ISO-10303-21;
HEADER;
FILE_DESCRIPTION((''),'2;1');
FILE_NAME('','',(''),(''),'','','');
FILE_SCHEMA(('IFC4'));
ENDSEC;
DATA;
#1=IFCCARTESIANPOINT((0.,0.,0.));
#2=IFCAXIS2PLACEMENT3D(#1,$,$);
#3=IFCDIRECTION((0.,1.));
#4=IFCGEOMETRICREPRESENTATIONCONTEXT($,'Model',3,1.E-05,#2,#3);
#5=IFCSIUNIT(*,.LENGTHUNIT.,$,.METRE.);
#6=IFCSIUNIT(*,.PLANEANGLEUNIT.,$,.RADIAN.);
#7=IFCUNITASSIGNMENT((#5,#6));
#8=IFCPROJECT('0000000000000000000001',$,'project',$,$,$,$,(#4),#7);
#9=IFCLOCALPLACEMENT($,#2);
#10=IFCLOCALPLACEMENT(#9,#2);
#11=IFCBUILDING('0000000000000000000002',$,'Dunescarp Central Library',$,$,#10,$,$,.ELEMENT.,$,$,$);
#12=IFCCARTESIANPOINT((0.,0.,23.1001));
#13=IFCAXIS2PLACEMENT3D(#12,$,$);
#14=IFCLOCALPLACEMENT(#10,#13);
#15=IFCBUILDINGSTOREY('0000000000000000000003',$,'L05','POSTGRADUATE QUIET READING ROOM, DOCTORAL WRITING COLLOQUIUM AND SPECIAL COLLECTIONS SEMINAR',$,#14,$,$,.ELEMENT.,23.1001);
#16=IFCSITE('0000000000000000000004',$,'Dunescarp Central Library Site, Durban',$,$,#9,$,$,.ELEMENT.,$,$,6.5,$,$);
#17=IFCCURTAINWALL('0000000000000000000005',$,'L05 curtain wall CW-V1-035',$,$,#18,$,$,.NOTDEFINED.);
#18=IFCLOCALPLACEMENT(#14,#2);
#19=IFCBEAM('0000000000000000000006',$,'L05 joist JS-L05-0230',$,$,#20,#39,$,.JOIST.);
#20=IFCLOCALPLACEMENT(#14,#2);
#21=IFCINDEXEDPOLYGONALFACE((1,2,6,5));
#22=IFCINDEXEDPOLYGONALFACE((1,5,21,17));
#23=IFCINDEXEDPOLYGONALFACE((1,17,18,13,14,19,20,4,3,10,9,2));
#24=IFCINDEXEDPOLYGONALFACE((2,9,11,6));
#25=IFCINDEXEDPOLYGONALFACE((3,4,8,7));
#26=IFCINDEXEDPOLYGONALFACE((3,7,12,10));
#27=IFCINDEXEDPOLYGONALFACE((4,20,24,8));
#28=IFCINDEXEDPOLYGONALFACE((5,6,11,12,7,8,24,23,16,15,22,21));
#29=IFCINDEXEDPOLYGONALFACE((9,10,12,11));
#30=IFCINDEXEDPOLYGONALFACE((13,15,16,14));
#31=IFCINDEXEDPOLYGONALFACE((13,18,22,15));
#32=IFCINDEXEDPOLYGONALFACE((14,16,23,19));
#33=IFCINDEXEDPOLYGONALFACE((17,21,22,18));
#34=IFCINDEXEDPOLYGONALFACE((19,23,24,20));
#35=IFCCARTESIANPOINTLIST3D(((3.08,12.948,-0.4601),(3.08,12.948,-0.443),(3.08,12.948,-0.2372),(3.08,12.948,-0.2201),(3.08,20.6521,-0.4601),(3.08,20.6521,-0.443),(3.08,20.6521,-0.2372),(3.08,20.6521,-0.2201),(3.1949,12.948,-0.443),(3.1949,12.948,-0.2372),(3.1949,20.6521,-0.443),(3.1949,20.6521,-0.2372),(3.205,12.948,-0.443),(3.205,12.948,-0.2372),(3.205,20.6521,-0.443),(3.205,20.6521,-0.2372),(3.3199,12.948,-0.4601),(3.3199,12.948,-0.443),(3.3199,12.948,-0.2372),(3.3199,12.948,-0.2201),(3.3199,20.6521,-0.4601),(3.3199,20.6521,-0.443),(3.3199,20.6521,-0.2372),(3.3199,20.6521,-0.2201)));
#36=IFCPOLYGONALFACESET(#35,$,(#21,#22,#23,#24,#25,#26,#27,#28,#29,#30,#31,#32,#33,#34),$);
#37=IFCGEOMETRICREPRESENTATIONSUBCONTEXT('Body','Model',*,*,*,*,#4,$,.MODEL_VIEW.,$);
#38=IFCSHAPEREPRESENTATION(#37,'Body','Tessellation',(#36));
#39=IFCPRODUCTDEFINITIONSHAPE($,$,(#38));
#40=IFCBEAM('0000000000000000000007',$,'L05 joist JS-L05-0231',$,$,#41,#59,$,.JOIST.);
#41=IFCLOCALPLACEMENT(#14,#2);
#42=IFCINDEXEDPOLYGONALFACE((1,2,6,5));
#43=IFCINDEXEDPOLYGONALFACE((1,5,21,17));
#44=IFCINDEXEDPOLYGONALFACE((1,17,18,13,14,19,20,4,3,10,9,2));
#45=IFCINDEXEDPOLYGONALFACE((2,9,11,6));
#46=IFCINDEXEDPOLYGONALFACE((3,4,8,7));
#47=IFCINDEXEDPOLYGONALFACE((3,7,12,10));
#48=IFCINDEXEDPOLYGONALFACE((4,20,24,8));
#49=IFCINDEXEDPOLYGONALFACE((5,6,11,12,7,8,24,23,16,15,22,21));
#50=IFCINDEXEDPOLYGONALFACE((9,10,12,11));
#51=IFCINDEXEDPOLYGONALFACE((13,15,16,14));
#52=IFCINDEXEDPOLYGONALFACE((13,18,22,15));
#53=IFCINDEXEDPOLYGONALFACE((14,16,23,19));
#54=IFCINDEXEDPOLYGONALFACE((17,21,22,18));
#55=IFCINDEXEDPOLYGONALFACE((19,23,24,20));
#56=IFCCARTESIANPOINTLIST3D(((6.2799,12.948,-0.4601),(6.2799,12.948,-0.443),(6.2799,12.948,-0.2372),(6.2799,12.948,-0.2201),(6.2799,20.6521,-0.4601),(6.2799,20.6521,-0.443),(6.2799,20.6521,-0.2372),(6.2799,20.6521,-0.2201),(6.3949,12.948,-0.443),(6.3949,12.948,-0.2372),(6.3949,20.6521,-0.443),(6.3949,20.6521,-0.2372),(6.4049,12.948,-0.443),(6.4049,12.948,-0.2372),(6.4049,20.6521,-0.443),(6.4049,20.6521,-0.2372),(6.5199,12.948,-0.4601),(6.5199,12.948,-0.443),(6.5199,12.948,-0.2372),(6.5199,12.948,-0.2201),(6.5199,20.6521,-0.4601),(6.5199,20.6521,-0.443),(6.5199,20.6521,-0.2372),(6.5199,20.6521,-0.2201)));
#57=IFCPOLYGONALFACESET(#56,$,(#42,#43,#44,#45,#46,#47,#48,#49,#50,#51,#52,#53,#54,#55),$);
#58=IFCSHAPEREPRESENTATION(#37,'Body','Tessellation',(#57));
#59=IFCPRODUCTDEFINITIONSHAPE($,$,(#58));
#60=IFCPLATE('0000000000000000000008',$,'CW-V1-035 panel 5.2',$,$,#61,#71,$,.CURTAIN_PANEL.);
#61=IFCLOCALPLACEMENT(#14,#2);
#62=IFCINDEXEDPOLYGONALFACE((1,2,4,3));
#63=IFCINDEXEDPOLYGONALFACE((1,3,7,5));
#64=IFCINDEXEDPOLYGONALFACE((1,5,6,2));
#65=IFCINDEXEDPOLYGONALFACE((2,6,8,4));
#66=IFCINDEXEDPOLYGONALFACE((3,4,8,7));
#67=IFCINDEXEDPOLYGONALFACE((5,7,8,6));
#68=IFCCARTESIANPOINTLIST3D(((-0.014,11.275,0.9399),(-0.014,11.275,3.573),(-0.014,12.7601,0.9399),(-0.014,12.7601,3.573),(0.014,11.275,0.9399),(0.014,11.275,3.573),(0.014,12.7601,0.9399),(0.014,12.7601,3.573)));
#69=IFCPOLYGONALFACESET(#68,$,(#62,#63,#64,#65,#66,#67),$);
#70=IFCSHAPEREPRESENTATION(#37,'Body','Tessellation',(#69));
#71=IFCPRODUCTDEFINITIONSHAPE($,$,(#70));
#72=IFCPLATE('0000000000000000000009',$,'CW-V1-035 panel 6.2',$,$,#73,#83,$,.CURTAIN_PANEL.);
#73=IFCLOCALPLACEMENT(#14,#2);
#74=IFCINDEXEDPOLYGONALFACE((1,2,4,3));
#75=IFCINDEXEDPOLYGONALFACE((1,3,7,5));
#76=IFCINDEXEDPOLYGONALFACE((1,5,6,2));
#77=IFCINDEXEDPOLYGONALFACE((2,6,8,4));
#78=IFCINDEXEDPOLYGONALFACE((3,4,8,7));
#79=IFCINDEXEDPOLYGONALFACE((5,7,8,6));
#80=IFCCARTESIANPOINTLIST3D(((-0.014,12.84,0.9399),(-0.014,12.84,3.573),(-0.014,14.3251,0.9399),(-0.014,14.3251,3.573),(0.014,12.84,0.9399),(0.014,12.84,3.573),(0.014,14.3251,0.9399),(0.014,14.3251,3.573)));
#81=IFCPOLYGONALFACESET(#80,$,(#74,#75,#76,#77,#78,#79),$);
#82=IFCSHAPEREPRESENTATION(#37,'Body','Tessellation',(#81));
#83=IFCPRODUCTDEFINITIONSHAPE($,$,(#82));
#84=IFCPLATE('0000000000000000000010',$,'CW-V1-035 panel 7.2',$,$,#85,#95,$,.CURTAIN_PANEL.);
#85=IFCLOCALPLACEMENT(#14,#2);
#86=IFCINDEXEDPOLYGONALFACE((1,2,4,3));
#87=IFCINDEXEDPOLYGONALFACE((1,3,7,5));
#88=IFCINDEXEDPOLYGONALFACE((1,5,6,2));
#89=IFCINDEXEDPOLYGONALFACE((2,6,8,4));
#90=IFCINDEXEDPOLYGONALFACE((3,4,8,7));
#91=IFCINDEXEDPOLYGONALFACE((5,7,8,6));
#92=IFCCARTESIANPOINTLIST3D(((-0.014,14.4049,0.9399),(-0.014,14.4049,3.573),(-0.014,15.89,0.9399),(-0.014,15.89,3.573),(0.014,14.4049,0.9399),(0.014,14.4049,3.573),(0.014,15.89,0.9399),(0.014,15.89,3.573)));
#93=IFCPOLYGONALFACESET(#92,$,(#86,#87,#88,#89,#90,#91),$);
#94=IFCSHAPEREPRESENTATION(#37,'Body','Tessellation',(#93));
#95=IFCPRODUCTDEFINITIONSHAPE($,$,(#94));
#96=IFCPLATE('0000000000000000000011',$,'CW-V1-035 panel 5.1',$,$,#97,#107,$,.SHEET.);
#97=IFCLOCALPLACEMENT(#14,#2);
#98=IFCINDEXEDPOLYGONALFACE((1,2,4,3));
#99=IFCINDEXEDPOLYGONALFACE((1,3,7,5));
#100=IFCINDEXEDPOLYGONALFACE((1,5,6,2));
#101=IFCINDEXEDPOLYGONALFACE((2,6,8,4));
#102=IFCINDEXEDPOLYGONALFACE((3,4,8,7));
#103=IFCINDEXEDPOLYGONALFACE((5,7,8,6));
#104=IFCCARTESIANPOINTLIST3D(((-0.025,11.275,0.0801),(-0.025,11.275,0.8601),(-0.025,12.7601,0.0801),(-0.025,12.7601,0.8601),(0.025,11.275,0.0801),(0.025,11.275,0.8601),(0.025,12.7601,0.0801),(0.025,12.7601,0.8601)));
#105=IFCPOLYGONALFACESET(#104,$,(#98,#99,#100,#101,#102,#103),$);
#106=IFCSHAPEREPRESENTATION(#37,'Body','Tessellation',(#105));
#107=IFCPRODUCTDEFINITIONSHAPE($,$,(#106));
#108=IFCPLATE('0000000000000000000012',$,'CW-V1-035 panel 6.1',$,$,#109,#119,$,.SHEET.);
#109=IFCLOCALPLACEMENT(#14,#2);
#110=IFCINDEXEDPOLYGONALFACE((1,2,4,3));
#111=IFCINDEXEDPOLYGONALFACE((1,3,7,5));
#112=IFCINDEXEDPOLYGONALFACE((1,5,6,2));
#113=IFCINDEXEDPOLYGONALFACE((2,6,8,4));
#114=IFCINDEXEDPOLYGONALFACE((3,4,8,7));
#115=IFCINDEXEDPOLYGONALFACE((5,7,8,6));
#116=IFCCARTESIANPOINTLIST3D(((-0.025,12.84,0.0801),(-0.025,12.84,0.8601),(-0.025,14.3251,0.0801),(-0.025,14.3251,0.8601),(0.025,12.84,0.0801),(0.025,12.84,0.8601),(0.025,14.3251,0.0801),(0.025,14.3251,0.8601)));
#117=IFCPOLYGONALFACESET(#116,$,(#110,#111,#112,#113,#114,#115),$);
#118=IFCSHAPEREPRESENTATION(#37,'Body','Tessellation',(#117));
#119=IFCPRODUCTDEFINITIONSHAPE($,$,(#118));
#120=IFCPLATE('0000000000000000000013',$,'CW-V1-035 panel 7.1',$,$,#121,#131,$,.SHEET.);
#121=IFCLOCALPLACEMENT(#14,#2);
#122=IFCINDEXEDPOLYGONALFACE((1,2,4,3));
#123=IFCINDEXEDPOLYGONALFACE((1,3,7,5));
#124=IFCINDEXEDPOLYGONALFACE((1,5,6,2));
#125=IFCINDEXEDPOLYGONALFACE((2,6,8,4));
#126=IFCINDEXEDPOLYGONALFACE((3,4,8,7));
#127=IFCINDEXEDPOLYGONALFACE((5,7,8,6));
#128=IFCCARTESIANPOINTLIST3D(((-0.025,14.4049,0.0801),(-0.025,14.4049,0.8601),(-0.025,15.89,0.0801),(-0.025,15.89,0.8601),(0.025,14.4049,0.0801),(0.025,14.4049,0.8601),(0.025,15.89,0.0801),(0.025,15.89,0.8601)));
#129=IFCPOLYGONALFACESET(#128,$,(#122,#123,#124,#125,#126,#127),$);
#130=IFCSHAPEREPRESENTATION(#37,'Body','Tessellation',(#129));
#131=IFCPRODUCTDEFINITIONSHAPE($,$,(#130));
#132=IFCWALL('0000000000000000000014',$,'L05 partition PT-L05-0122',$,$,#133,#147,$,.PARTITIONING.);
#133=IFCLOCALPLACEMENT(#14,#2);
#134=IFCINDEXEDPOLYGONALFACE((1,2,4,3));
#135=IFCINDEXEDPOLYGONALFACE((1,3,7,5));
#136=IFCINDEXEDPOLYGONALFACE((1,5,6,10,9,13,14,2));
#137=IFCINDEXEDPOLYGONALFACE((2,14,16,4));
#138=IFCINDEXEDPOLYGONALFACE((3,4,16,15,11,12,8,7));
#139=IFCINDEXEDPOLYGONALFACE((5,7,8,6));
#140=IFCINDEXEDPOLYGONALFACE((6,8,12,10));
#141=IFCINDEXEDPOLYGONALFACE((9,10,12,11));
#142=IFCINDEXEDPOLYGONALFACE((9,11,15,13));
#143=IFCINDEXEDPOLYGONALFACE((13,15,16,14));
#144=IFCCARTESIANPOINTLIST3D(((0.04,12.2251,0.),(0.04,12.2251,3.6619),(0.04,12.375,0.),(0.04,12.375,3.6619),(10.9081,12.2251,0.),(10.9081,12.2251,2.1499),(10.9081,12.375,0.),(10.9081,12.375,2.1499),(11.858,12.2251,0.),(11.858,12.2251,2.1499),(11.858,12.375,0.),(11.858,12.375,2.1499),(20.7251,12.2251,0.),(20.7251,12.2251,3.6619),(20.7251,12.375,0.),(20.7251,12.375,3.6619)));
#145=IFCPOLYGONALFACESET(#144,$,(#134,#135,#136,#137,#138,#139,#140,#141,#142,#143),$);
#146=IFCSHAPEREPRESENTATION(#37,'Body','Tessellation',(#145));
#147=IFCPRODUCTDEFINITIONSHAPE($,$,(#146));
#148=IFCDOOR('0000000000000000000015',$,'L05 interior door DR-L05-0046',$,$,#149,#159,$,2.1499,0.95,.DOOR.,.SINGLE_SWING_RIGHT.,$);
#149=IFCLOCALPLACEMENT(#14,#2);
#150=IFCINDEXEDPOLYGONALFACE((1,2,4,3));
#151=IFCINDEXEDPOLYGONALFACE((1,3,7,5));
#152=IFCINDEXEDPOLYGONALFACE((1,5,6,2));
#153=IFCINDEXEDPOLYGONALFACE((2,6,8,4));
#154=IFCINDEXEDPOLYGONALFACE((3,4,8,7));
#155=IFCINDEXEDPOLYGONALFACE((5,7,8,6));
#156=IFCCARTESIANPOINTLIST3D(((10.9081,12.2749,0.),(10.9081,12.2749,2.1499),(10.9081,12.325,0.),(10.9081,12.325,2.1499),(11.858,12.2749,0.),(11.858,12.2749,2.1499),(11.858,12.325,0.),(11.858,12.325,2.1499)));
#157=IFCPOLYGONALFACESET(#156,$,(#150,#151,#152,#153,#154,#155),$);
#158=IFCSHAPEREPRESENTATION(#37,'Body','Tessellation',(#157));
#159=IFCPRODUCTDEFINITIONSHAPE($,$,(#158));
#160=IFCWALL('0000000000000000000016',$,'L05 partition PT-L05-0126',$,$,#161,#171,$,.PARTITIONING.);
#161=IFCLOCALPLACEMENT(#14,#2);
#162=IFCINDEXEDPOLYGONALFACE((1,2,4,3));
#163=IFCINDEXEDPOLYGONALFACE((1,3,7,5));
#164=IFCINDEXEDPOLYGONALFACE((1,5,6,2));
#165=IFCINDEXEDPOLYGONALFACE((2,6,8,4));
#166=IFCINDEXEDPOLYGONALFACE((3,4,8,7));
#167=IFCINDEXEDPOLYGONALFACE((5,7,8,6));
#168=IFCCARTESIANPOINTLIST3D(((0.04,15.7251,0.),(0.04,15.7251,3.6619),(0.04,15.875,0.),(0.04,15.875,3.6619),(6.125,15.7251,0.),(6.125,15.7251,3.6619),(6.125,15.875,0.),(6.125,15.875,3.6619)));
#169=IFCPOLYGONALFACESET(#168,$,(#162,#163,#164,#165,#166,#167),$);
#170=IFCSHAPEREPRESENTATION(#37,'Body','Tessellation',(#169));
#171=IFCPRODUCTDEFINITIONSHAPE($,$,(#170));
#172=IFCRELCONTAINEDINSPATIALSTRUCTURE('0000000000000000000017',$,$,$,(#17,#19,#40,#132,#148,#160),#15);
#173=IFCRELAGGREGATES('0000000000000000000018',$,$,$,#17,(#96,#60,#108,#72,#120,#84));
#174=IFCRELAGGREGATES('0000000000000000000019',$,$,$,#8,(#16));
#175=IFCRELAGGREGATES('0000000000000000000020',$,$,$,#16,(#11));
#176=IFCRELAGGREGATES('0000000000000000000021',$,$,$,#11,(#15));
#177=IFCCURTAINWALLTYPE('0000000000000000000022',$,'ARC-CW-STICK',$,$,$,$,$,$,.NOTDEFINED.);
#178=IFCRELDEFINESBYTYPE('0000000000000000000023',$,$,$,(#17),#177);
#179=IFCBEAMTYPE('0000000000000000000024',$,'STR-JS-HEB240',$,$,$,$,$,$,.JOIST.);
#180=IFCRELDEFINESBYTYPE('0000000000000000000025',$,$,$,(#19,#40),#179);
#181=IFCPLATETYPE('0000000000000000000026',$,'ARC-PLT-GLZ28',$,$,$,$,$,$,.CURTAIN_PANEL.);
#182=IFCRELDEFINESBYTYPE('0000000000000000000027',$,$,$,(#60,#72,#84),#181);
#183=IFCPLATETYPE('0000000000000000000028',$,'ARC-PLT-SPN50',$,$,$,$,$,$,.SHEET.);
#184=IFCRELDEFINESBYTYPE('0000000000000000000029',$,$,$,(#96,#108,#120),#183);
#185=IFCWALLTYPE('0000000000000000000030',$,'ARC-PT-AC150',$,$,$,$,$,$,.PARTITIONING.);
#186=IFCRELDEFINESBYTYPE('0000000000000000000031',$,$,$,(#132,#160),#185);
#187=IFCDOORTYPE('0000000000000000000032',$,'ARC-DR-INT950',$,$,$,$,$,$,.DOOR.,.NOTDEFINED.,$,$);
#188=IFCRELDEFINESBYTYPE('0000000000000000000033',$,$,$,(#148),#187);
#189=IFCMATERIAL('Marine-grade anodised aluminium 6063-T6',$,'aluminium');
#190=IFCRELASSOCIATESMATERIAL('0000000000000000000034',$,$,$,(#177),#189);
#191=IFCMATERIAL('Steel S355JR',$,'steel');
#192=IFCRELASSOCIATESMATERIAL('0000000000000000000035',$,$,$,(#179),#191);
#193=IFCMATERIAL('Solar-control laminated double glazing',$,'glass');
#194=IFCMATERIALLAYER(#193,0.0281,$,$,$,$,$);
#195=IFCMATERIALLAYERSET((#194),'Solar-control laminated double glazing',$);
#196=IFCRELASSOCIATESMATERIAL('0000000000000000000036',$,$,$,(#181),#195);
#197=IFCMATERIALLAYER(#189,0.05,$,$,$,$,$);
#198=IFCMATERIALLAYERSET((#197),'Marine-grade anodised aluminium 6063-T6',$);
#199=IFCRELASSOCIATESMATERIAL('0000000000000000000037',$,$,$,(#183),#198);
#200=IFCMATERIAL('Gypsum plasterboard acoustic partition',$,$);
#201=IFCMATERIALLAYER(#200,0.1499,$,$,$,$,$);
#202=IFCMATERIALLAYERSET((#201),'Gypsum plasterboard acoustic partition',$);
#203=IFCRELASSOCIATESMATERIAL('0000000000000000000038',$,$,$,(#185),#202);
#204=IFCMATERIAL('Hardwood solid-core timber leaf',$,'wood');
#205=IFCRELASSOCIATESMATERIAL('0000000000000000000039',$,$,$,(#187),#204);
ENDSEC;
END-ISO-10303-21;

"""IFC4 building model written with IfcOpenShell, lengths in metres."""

from ifc_helpers import new_model, si_unit, direction, frame, frame_2d, origin, origin_2d, place, context, subcontext, project, spatial, rectangle, i_section, extrude, material, layer, layer_set, material_profile, profile_set, type_object, element, fill, aggregate, save


model = new_model("IFC4")

# Units and contexts
model_context = context("Model", 3, precision=1e-05, world=origin(), true_north=direction((0.0, 1.0)))
body_context = subcontext(model_context, "Body", "Model", "MODEL_VIEW")
ifc_project = project(units=[si_unit("LENGTHUNIT", "METRE"), si_unit("PLANEANGLEUNIT", "RADIAN")], contexts=[model_context])

# Site, building, storey
site_placement = place(None, origin())
site = spatial("IfcSite", under=ifc_project, at=site_placement, Name="Dunescarp Central Library Site, Durban", CompositionType="ELEMENT", RefElevation=6.5)
building_placement = place(site_placement, origin())
building = spatial("IfcBuilding", under=site, at=building_placement, Name="Dunescarp Central Library", CompositionType="ELEMENT")
storey_placement = place(building_placement, frame((0.0, 0.0, 23.1001)))
storey = spatial("IfcBuildingStorey", under=building, at=storey_placement, Name="L05", Description="POSTGRADUATE QUIET READING ROOM, DOCTORAL WRITING COLLOQUIUM AND SPECIAL COLLECTIONS SEMINAR", CompositionType="ELEMENT", Elevation=23.1001)

# Shared definitions
ifc_material_1 = material(Name="Steel S355JR", Category="steel")

# Curtain wall
ifc_material_2 = material(Name="Marine-grade anodised aluminium 6063-T6", Category="aluminium")
curtain_wall_type = type_object("IfcCurtainWallType", Name="ARC-CW-STICK", PredefinedType="NOTDEFINED", material=ifc_material_2)
curtain_wall_placement = place(storey_placement, origin())
curtain_wall = element("IfcCurtainWall", 1, at=curtain_wall_placement, inside=storey, type_object=curtain_wall_type, Name="L05 curtain wall CW-V1-035", PredefinedType="NOTDEFINED")

# Beams
ifc_material_profile_1 = material_profile(ifc_material_1, i_section(OverallWidth=0.24, OverallDepth=0.24, WebThickness=0.01, FlangeThickness=0.0171, at=origin_2d()), Name="HEB 240")
ifc_profile_set_1 = profile_set([ifc_material_profile_1], Name="Steel S355JR")
beam_type_1 = type_object("IfcBeamType", Name="STR-JS-HEB240", PredefinedType="JOIST", material=ifc_profile_set_1)
for number, where, z_axis, x_axis, name in (
    (2, (3.2, 12.948, -0.3401), (0.0, 1.0, 0.0), (-1.0, 0.0, 0.0), "L05 joist JS-L05-0230"),
    (3, (6.3999, 12.948, -0.3401), (0.0, 1.0, 0.0), (-1.0, 0.0, 0.0), "L05 joist JS-L05-0231"),
):
    element("IfcBeam", number, at=place(storey_placement, frame(where, z_axis=z_axis, x_axis=x_axis)), inside=storey, type_object=beam_type_1, Name=name, PredefinedType="JOIST", context=body_context, shape_type="SweptSolid", body=[
        extrude(i_section(OverallWidth=0.24, OverallDepth=0.24, WebThickness=0.01, FlangeThickness=0.0171, at=origin_2d()), origin(), (0.0, 0.0, 1.0), 7.7041),
    ])

# Plates
ifc_material_3 = material(Name="Solar-control laminated double glazing", Category="glass")
ifc_layer_1 = layer(ifc_material_3, 0.0281)
ifc_layer_set_1 = layer_set([ifc_layer_1], Name="Solar-control laminated double glazing")
plate_type_1 = type_object("IfcPlateType", Name="ARC-PLT-GLZ28", PredefinedType="CURTAIN_PANEL", material=ifc_layer_set_1)
plate_1_placement = place(storey_placement, frame((0.0, 12.0176, 0.9399), z_axis=(0.0, 0.0, 1.0), x_axis=(0.0, 1.0, 0.0)))
plate_1 = element("IfcPlate", 4, at=plate_1_placement, type_object=plate_type_1, Name="CW-V1-035 panel 5.2", PredefinedType="CURTAIN_PANEL", context=body_context, shape_type="SweptSolid", body=[
    extrude(rectangle(XDim=1.4851, YDim=0.0281, at=origin_2d()), origin(), (0.0, 0.0, 1.0), 2.6331),
])
plate_2_placement = place(storey_placement, frame((0.0, 13.5825, 0.9399), z_axis=(0.0, 0.0, 1.0), x_axis=(0.0, 1.0, 0.0)))
plate_2 = element("IfcPlate", 5, at=plate_2_placement, type_object=plate_type_1, Name="CW-V1-035 panel 6.2", PredefinedType="CURTAIN_PANEL", context=body_context, shape_type="SweptSolid", body=[
    extrude(rectangle(XDim=1.4851, YDim=0.0281, at=origin_2d()), origin(), (0.0, 0.0, 1.0), 2.6331),
])
plate_3_placement = place(storey_placement, frame((0.0, 15.1475, 0.9399), z_axis=(0.0, 0.0, 1.0), x_axis=(0.0, 1.0, 0.0)))
plate_3 = element("IfcPlate", 6, at=plate_3_placement, type_object=plate_type_1, Name="CW-V1-035 panel 7.2", PredefinedType="CURTAIN_PANEL", context=body_context, shape_type="SweptSolid", body=[
    extrude(rectangle(XDim=1.4851, YDim=0.0281, at=origin_2d()), origin(), (0.0, 0.0, 1.0), 2.6331),
])
ifc_layer_2 = layer(ifc_material_2, 0.05)
ifc_layer_set_2 = layer_set([ifc_layer_2], Name="Marine-grade anodised aluminium 6063-T6")
plate_type_2 = type_object("IfcPlateType", Name="ARC-PLT-SPN50", PredefinedType="SHEET", material=ifc_layer_set_2)
plate_4_placement = place(storey_placement, frame((0.0, 12.0176, 0.0801), z_axis=(0.0, 0.0, 1.0), x_axis=(0.0, 1.0, 0.0)))
plate_4 = element("IfcPlate", 7, at=plate_4_placement, type_object=plate_type_2, Name="CW-V1-035 panel 5.1", PredefinedType="SHEET", context=body_context, shape_type="SweptSolid", body=[
    extrude(rectangle(XDim=1.4851, YDim=0.05, at=origin_2d()), origin(), (0.0, 0.0, 1.0), 0.78),
])
plate_5_placement = place(storey_placement, frame((0.0, 13.5825, 0.0801), z_axis=(0.0, 0.0, 1.0), x_axis=(0.0, 1.0, 0.0)))
plate_5 = element("IfcPlate", 8, at=plate_5_placement, type_object=plate_type_2, Name="CW-V1-035 panel 6.1", PredefinedType="SHEET", context=body_context, shape_type="SweptSolid", body=[
    extrude(rectangle(XDim=1.4851, YDim=0.05, at=origin_2d()), origin(), (0.0, 0.0, 1.0), 0.78),
])
plate_6_placement = place(storey_placement, frame((0.0, 15.1475, 0.0801), z_axis=(0.0, 0.0, 1.0), x_axis=(0.0, 1.0, 0.0)))
plate_6 = element("IfcPlate", 9, at=plate_6_placement, type_object=plate_type_2, Name="CW-V1-035 panel 7.1", PredefinedType="SHEET", context=body_context, shape_type="SweptSolid", body=[
    extrude(rectangle(XDim=1.4851, YDim=0.05, at=origin_2d()), origin(), (0.0, 0.0, 1.0), 0.78),
])
aggregate(curtain_wall, [plate_4, plate_1, plate_5, plate_2, plate_6, plate_3])

# Wall, opening, door
ifc_material_4 = material(Name="Gypsum plasterboard acoustic partition")
ifc_layer_3 = layer(ifc_material_4, 0.1499)
ifc_layer_set_3 = layer_set([ifc_layer_3], Name="Gypsum plasterboard acoustic partition")
wall_type = type_object("IfcWallType", Name="ARC-PT-AC150", PredefinedType="PARTITIONING", material=ifc_layer_set_3)
wall_1_placement = place(storey_placement, frame((0.04, 12.3, 0.0), z_axis=(0.0, 0.0, 1.0), x_axis=(1.0, 0.0, 0.0)))
wall_1 = element("IfcWall", 10, at=wall_1_placement, inside=storey, type_object=wall_type, Name="L05 partition PT-L05-0122", PredefinedType="PARTITIONING", context=body_context, shape_type="SweptSolid", body=[
    extrude(rectangle(XDim=20.6851, YDim=0.1499, at=frame_2d((10.3425, 0.0))), origin(), (0.0, 0.0, 1.0), 3.6619),
])
opening_1_placement = place(wall_1_placement, frame((10.8679, 0.0, 0.0)))
opening_1 = element("IfcOpeningElement", 11, at=opening_1_placement, cuts=wall_1, PredefinedType="OPENING", context=body_context, shape_type="SweptSolid", body=[
    extrude(rectangle(XDim=0.95, YDim=2.1499, at=frame_2d((0.4751, 1.075))), frame((0.0, 0.085, 0.0), z_axis=(0.0, -1.0, 0.0), x_axis=(1.0, 0.0, 0.0)), (0.0, 0.0, 1.0), 0.1699),
])
ifc_material_5 = material(Name="Hardwood solid-core timber leaf", Category="wood")
door_type = type_object("IfcDoorType", Name="ARC-DR-INT950", OperationType="NOTDEFINED", PredefinedType="DOOR", material=ifc_material_5)
door_1_placement = place(opening_1_placement, origin())
door_1 = element("IfcDoor", 12, at=door_1_placement, inside=storey, type_object=door_type, Name="L05 interior door DR-L05-0046", OperationType="SINGLE_SWING_RIGHT", OverallHeight=2.1499, OverallWidth=0.95, PredefinedType="DOOR", context=body_context, shape_type="SweptSolid", body=[
    extrude(rectangle(XDim=0.95, YDim=2.1499, at=frame_2d((0.4751, 1.075))), frame((0.0, 0.0249, 0.0), z_axis=(0.0, -1.0, 0.0), x_axis=(1.0, 0.0, 0.0)), (0.0, 0.0, 1.0), 0.05),
])
fill(opening_1, door_1)

# Wall
wall_2_placement = place(storey_placement, frame((0.04, 15.8, 0.0), z_axis=(0.0, 0.0, 1.0), x_axis=(1.0, 0.0, 0.0)))
element("IfcWall", 13, at=wall_2_placement, inside=storey, type_object=wall_type, Name="L05 partition PT-L05-0126", PredefinedType="PARTITIONING", context=body_context, shape_type="SweptSolid", body=[
    extrude(rectangle(XDim=6.085, YDim=0.1499, at=frame_2d((3.0425, 0.0))), origin(), (0.0, 0.0, 1.0), 3.6619),
])

save(model, "model.ifc")
